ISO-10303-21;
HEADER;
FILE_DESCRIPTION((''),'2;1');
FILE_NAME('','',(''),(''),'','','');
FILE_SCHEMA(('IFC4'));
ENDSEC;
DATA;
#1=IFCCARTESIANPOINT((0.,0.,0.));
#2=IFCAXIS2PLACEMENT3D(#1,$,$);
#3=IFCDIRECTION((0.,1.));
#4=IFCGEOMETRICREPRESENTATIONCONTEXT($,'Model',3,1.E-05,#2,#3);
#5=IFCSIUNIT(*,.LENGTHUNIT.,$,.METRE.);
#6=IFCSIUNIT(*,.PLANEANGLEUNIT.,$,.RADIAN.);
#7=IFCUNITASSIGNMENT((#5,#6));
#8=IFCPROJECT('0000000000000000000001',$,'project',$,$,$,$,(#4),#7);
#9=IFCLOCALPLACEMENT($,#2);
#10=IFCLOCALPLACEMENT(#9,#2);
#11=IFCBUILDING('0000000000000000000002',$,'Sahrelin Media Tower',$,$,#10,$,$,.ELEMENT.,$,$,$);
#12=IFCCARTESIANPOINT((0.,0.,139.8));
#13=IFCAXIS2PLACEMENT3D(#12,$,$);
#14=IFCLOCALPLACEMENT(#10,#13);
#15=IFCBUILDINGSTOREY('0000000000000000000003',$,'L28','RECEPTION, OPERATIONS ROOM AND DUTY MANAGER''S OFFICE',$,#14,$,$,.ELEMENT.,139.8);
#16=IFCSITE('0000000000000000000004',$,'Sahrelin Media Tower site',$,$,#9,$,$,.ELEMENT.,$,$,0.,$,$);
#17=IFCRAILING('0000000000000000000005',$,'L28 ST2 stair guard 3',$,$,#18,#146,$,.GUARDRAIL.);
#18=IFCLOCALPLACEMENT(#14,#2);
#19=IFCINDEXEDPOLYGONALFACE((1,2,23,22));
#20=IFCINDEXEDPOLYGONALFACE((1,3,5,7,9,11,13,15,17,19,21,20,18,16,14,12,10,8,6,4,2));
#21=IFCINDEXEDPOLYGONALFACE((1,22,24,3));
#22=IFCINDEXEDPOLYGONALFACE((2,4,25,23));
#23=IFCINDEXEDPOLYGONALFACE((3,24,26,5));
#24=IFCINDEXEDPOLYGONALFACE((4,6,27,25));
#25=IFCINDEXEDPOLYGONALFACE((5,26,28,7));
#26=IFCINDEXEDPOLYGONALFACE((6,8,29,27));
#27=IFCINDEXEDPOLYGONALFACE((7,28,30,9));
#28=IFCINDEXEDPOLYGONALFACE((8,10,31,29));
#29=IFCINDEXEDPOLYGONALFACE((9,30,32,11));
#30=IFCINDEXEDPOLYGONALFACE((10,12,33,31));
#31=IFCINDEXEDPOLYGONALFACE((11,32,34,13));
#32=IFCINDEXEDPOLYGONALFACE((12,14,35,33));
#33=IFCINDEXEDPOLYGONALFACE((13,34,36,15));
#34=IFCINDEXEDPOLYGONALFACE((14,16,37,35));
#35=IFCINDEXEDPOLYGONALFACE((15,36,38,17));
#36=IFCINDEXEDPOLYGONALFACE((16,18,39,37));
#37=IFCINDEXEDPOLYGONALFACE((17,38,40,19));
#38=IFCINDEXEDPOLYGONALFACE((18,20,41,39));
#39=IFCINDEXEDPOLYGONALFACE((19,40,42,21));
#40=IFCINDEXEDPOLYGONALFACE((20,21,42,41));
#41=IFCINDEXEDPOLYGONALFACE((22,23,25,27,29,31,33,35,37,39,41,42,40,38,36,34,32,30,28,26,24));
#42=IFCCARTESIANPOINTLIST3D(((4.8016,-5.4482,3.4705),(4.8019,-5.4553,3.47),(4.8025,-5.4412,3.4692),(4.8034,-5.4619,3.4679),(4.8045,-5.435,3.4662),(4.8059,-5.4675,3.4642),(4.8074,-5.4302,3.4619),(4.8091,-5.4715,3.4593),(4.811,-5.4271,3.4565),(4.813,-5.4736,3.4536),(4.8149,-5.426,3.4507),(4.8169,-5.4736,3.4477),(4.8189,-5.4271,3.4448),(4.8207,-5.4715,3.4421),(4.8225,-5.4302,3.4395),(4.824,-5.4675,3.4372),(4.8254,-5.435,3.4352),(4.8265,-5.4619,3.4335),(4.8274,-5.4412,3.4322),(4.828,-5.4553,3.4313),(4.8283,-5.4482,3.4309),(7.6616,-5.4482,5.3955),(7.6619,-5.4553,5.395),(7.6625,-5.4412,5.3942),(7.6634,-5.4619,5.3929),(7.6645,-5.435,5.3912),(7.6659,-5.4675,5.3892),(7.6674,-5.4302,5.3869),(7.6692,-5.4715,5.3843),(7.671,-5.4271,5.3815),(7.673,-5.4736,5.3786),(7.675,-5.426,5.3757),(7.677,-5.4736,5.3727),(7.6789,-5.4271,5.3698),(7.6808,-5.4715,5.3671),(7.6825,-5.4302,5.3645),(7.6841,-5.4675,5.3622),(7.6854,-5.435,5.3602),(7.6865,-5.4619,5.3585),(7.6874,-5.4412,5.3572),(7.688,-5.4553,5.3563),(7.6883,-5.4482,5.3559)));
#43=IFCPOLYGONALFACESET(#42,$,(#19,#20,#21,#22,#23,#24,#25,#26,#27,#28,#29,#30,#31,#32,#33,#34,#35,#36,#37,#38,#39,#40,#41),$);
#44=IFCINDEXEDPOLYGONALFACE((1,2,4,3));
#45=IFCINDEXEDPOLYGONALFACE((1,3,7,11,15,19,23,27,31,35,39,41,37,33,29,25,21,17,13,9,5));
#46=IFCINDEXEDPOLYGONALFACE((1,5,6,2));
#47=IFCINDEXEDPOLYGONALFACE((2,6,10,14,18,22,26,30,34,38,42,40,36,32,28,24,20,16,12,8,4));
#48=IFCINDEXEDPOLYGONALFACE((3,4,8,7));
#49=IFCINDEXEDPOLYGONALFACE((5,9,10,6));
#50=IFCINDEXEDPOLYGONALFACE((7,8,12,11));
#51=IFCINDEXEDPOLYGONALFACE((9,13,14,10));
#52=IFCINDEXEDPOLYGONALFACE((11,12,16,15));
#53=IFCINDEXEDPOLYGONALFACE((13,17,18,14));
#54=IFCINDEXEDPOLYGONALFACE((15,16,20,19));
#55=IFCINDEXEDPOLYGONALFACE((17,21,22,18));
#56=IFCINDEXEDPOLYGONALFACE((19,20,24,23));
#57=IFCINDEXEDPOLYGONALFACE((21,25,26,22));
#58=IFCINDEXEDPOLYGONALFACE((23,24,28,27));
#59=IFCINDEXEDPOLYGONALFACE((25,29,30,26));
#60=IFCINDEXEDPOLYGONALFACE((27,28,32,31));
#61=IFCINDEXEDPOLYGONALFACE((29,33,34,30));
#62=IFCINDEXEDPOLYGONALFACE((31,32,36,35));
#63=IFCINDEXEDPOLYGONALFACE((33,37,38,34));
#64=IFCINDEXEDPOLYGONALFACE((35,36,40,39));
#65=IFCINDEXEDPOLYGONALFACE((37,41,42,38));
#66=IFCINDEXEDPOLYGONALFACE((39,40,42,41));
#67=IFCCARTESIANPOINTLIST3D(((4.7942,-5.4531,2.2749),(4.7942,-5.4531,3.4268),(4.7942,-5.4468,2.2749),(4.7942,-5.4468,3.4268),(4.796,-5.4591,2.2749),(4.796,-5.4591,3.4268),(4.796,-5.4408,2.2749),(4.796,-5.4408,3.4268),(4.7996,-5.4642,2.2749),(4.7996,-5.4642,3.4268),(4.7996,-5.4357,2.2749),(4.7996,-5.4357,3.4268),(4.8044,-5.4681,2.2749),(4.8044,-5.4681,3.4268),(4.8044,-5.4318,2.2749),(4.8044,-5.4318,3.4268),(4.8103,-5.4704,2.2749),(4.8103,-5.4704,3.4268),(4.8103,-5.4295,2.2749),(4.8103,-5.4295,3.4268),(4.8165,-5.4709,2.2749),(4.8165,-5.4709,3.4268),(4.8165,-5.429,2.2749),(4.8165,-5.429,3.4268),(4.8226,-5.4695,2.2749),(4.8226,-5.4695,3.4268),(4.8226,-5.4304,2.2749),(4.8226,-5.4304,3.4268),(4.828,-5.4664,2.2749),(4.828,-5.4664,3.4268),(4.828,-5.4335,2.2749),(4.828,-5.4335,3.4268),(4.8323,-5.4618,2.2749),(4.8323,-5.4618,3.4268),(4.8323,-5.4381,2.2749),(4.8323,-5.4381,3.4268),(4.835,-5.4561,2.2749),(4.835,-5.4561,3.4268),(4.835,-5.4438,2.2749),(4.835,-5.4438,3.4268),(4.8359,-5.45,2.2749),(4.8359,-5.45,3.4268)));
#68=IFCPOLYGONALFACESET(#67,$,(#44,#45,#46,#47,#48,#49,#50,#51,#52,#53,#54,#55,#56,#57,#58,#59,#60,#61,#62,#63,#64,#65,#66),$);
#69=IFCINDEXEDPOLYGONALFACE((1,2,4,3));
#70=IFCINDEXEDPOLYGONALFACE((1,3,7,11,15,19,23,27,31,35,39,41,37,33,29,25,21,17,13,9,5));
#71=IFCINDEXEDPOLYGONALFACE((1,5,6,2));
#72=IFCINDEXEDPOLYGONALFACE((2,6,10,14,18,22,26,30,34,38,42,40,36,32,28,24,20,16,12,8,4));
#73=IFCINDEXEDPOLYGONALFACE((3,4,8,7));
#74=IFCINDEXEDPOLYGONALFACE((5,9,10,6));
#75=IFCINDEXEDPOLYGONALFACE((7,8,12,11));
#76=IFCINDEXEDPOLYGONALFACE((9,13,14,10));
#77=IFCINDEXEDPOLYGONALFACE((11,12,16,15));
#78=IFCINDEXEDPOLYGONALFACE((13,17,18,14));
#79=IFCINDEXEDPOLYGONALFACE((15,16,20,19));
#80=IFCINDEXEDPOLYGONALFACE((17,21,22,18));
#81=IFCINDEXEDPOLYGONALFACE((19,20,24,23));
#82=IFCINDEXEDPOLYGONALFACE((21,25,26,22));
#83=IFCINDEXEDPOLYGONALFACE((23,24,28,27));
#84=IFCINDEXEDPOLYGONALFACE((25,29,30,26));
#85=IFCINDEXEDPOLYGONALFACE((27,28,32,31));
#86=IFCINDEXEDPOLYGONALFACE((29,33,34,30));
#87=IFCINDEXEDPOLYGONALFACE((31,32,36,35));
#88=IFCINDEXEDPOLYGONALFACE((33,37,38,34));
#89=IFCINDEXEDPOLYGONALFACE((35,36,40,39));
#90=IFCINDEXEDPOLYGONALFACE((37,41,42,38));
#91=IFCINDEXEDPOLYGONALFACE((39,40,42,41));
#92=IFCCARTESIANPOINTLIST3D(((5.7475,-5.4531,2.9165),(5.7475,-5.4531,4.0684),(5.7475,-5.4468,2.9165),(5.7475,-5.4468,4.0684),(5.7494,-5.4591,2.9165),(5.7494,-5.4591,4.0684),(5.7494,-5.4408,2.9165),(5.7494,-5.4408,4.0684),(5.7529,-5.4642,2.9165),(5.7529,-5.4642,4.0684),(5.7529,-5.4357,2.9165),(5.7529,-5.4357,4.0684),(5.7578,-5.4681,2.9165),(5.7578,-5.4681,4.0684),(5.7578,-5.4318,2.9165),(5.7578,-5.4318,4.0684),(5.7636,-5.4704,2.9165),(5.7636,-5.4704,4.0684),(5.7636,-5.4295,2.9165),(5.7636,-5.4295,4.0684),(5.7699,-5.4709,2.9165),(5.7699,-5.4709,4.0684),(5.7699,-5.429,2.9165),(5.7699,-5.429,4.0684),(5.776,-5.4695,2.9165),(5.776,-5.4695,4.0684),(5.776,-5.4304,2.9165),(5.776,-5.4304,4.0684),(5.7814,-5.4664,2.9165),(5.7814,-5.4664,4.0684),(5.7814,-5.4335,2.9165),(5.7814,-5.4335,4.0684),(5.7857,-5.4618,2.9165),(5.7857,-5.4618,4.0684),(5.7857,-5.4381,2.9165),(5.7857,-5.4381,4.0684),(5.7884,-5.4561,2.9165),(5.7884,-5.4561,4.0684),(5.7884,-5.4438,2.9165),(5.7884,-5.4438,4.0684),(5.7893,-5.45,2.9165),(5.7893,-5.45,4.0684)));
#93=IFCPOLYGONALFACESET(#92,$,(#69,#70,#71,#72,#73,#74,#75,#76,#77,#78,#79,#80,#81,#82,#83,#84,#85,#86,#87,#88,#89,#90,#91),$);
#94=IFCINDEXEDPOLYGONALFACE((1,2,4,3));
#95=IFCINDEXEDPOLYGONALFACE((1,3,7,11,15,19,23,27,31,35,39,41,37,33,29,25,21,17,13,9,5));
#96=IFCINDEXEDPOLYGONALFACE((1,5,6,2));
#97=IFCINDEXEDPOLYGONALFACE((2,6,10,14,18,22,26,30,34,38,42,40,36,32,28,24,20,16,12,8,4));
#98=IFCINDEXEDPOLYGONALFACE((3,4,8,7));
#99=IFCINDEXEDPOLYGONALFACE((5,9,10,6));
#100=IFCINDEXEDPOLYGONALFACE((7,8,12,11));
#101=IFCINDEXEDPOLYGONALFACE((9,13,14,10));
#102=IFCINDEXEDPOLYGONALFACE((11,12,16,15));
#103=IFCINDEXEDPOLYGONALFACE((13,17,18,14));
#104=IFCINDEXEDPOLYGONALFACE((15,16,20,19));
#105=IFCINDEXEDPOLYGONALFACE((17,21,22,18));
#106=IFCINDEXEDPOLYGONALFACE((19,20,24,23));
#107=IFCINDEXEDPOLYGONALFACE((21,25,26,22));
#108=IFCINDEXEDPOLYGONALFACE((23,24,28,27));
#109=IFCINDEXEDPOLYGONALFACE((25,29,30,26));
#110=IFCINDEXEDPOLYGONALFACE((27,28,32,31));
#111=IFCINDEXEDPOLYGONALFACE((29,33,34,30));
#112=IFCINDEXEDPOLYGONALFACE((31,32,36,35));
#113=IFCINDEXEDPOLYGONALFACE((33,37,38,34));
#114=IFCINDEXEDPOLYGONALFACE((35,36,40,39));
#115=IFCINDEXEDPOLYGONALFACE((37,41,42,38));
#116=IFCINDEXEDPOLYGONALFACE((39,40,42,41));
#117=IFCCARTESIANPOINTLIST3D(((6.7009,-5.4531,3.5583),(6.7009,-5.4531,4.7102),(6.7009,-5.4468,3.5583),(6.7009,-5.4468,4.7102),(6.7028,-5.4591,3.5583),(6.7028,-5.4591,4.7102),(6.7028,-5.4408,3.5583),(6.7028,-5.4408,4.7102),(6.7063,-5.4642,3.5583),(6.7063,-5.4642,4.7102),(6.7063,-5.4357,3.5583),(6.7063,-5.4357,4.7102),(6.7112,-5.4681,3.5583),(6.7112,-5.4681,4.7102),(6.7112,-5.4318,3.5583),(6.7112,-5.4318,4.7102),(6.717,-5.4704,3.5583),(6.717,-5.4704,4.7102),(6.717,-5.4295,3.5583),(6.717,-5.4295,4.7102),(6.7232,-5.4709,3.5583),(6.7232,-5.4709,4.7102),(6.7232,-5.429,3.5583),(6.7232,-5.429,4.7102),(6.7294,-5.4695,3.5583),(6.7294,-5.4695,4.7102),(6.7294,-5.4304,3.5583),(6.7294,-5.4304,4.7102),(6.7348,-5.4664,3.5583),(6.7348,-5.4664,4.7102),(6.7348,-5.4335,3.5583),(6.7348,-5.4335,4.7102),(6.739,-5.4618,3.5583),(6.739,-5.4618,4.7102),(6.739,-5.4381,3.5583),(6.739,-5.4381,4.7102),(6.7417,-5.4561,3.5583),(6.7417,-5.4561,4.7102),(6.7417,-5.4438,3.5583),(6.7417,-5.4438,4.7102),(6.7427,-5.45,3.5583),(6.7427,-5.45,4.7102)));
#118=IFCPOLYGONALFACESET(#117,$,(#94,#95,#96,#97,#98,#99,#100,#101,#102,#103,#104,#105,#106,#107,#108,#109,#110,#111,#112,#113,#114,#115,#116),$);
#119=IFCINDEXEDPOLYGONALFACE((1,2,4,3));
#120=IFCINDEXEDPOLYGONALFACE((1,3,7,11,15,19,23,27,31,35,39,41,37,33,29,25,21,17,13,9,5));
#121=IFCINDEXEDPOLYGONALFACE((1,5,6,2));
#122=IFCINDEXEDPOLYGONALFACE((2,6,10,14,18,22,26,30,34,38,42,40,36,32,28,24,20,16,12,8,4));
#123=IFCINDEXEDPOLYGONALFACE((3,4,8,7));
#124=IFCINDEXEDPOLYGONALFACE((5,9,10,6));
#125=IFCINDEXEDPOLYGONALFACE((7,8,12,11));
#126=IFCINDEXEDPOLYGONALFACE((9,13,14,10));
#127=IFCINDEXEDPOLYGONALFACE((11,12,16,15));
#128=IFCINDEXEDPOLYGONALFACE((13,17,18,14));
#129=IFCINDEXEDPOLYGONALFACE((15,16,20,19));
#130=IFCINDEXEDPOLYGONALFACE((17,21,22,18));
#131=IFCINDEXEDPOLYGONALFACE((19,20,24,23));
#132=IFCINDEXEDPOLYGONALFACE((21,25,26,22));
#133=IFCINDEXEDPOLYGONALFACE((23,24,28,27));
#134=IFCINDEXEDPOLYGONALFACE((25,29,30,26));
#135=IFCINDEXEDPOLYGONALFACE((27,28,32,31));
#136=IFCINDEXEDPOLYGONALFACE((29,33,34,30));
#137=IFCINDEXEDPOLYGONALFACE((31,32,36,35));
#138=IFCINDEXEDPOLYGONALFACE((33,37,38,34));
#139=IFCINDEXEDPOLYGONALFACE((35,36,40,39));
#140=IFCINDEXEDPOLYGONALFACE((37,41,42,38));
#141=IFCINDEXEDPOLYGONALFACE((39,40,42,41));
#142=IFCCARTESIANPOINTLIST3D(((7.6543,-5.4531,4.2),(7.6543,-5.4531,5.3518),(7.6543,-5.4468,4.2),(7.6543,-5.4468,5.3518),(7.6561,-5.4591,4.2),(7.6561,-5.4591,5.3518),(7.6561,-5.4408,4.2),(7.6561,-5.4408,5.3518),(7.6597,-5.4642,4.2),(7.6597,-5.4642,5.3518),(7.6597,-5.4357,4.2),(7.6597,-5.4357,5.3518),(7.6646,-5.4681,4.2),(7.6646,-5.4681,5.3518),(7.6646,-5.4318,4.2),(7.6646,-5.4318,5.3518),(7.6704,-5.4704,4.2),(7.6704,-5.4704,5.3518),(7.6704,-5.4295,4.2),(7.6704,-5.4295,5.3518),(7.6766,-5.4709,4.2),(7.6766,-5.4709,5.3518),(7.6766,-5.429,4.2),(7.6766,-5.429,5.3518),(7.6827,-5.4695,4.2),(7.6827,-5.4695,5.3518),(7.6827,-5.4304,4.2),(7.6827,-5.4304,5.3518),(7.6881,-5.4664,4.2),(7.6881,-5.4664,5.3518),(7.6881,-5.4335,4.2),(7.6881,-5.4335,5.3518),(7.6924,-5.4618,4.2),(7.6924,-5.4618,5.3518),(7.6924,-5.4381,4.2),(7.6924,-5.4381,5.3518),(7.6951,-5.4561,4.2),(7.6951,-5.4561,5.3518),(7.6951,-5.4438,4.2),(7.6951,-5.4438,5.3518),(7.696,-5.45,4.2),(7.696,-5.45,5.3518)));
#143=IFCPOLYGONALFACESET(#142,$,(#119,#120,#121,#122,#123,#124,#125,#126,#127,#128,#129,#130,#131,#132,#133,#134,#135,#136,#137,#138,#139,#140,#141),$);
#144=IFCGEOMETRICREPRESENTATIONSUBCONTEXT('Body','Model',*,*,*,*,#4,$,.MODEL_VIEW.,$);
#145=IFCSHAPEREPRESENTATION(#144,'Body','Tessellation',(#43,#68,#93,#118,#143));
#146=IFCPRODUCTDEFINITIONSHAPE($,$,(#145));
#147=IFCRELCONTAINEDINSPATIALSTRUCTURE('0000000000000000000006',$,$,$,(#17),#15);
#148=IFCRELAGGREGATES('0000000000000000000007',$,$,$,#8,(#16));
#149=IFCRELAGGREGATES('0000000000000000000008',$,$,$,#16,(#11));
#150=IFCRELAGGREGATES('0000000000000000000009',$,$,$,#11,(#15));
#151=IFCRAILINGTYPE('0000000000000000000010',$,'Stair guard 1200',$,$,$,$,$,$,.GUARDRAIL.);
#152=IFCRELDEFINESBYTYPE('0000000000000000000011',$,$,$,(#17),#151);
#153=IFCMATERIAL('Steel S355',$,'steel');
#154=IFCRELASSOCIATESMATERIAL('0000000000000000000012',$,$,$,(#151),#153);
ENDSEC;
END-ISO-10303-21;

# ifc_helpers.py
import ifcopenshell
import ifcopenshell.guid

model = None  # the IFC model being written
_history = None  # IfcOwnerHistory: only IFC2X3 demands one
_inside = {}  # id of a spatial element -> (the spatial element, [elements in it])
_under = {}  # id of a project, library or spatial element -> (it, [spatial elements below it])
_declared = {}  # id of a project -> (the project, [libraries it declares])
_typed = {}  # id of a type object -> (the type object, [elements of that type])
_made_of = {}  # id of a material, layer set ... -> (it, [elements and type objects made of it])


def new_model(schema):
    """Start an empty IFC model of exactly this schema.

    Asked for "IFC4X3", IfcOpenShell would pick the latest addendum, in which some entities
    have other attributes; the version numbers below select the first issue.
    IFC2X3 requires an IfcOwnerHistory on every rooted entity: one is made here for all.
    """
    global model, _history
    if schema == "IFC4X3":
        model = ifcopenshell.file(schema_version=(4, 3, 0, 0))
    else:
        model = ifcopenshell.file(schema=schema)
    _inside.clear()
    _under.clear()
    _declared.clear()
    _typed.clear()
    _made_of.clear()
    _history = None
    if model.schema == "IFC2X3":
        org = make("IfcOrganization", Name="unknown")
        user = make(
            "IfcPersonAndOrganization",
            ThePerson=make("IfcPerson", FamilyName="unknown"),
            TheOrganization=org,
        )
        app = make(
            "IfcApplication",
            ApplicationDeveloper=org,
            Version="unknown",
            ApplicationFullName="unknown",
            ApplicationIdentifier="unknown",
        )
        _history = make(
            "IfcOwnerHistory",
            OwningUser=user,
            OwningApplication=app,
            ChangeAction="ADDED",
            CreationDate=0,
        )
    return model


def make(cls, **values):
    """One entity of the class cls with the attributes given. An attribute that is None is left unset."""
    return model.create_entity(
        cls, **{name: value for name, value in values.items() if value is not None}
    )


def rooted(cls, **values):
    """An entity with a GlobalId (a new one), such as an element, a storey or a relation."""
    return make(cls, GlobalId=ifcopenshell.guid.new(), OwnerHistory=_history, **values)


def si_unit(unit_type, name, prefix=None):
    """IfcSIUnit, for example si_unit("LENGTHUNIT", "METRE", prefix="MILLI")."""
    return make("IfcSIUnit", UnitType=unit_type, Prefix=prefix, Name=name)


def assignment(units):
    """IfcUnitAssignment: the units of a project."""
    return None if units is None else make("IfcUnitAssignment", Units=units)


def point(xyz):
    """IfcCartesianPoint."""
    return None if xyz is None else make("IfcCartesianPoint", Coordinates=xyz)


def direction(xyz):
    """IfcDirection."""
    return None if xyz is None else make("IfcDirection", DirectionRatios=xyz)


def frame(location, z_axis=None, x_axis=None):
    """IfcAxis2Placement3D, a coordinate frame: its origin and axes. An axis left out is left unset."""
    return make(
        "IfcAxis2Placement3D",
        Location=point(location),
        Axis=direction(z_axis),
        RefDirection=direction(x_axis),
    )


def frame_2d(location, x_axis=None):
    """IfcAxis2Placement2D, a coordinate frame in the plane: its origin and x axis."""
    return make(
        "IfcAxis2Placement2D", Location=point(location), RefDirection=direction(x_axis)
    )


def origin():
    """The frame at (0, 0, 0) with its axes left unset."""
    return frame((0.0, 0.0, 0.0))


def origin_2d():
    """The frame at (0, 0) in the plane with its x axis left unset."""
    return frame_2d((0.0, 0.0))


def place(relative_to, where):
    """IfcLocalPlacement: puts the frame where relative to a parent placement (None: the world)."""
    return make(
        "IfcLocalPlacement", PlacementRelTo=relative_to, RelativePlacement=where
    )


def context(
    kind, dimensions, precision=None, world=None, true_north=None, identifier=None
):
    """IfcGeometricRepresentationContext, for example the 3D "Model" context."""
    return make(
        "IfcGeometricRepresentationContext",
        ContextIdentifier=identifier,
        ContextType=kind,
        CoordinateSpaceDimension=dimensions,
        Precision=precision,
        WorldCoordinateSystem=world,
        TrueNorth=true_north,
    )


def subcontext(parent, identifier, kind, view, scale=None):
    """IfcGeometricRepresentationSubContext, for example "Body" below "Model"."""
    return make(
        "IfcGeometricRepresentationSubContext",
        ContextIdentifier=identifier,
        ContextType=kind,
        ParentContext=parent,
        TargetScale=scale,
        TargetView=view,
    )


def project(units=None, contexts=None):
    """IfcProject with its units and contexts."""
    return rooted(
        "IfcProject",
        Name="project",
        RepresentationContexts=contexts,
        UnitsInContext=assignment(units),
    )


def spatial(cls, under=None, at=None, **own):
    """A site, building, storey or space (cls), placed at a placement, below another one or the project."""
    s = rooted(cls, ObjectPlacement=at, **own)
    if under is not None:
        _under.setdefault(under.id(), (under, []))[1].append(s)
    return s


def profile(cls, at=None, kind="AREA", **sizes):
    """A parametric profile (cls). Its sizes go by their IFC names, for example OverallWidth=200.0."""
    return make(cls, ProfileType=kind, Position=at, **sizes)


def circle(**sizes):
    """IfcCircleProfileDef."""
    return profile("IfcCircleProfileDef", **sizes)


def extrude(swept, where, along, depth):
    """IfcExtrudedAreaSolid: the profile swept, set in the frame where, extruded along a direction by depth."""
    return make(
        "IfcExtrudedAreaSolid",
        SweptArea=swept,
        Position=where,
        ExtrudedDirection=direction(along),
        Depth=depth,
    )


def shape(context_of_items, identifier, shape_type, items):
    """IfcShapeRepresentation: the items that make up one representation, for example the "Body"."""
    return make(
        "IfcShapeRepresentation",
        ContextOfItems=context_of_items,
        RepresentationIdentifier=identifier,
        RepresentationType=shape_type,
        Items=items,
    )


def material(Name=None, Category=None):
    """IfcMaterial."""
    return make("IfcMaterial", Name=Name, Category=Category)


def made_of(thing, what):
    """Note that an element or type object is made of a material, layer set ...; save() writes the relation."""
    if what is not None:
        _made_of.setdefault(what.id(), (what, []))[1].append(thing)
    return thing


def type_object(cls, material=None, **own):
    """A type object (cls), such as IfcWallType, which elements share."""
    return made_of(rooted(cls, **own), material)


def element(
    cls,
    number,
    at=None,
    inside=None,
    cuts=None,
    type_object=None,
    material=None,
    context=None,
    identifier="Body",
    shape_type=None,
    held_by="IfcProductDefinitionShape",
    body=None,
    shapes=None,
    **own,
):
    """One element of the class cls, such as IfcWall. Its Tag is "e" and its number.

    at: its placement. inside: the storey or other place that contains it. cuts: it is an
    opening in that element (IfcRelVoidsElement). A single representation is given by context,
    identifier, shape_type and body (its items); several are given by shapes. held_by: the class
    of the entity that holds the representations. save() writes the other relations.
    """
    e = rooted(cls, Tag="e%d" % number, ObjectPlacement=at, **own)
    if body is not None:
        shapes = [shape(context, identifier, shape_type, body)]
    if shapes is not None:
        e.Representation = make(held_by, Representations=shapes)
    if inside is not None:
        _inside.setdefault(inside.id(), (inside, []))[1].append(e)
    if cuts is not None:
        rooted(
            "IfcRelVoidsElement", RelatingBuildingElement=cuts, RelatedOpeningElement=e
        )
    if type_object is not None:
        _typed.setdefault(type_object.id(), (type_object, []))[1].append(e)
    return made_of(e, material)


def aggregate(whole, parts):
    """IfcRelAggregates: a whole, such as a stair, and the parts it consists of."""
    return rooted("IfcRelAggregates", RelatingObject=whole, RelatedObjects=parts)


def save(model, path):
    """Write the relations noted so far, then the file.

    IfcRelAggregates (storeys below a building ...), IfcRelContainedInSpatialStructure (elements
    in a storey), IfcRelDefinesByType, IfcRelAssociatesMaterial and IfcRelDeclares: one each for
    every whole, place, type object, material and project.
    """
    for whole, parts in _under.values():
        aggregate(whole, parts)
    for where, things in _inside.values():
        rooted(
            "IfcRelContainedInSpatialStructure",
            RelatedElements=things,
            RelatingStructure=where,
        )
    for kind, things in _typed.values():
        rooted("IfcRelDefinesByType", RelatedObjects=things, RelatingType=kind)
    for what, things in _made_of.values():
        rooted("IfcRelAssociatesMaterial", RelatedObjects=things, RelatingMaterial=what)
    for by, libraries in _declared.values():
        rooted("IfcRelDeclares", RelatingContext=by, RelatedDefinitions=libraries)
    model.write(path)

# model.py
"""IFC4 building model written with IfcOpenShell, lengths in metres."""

from ifc_helpers import new_model, si_unit, direction, frame, origin, origin_2d, place, context, subcontext, project, spatial, circle, extrude, material, type_object, element, save


model = new_model("IFC4")

# Units and contexts
model_context = context("Model", 3, precision=1e-05, world=origin(), true_north=direction((0.0, 1.0)))
body_context = subcontext(model_context, "Body", "Model", "MODEL_VIEW")
ifc_project = project(units=[si_unit("LENGTHUNIT", "METRE"), si_unit("PLANEANGLEUNIT", "RADIAN")], contexts=[model_context])

# Site, building, storey
site_placement = place(None, origin())
site = spatial("IfcSite", under=ifc_project, at=site_placement, Name="Sahrelin Media Tower site", CompositionType="ELEMENT", RefElevation=0.0)
building_placement = place(site_placement, origin())
building = spatial("IfcBuilding", under=site, at=building_placement, Name="Sahrelin Media Tower", CompositionType="ELEMENT")
storey_placement = place(building_placement, frame((0.0, 0.0, 139.8)))
storey = spatial("IfcBuildingStorey", under=building, at=storey_placement, Name="L28", Description="RECEPTION, OPERATIONS ROOM AND DUTY MANAGER'S OFFICE", CompositionType="ELEMENT", Elevation=139.8)

# Shared definitions
ifc_material_1 = material(Name="Steel S355", Category="steel")

# Railing
railing_type_1 = type_object("IfcRailingType", Name="Stair guard 1200", PredefinedType="GUARDRAIL", material=ifc_material_1)
railing_1_placement = place(storey_placement, frame((4.8149, -5.45, 2.2749)))
element("IfcRailing", 1, at=railing_1_placement, inside=storey, type_object=railing_type_1, Name="L28 ST2 stair guard 3", PredefinedType="GUARDRAIL", context=body_context, shape_type="SweptSolid", body=[
    extrude(circle(Radius=0.0239, at=origin_2d()), frame((0.0, 0.0, 1.1758), z_axis=(0.829591, 0.0, 0.558372), x_axis=(0.0, 1.0, 0.0)), (0.0, 0.0, 1.0), 3.4475),
    extrude(circle(Radius=0.021, at=origin_2d()), origin(), (0.0, 0.0, 1.0), 1.1519),
    extrude(circle(Radius=0.021, at=origin_2d()), frame((0.9534, 0.0, 0.6416)), (0.0, 0.0, 1.0), 1.1519),
    extrude(circle(Radius=0.021, at=origin_2d()), frame((1.9067, 0.0, 1.2834)), (0.0, 0.0, 1.0), 1.1519),
    extrude(circle(Radius=0.021, at=origin_2d()), frame((2.8601, 0.0, 1.925)), (0.0, 0.0, 1.0), 1.1519),
])

save(model, "model.ifc")
